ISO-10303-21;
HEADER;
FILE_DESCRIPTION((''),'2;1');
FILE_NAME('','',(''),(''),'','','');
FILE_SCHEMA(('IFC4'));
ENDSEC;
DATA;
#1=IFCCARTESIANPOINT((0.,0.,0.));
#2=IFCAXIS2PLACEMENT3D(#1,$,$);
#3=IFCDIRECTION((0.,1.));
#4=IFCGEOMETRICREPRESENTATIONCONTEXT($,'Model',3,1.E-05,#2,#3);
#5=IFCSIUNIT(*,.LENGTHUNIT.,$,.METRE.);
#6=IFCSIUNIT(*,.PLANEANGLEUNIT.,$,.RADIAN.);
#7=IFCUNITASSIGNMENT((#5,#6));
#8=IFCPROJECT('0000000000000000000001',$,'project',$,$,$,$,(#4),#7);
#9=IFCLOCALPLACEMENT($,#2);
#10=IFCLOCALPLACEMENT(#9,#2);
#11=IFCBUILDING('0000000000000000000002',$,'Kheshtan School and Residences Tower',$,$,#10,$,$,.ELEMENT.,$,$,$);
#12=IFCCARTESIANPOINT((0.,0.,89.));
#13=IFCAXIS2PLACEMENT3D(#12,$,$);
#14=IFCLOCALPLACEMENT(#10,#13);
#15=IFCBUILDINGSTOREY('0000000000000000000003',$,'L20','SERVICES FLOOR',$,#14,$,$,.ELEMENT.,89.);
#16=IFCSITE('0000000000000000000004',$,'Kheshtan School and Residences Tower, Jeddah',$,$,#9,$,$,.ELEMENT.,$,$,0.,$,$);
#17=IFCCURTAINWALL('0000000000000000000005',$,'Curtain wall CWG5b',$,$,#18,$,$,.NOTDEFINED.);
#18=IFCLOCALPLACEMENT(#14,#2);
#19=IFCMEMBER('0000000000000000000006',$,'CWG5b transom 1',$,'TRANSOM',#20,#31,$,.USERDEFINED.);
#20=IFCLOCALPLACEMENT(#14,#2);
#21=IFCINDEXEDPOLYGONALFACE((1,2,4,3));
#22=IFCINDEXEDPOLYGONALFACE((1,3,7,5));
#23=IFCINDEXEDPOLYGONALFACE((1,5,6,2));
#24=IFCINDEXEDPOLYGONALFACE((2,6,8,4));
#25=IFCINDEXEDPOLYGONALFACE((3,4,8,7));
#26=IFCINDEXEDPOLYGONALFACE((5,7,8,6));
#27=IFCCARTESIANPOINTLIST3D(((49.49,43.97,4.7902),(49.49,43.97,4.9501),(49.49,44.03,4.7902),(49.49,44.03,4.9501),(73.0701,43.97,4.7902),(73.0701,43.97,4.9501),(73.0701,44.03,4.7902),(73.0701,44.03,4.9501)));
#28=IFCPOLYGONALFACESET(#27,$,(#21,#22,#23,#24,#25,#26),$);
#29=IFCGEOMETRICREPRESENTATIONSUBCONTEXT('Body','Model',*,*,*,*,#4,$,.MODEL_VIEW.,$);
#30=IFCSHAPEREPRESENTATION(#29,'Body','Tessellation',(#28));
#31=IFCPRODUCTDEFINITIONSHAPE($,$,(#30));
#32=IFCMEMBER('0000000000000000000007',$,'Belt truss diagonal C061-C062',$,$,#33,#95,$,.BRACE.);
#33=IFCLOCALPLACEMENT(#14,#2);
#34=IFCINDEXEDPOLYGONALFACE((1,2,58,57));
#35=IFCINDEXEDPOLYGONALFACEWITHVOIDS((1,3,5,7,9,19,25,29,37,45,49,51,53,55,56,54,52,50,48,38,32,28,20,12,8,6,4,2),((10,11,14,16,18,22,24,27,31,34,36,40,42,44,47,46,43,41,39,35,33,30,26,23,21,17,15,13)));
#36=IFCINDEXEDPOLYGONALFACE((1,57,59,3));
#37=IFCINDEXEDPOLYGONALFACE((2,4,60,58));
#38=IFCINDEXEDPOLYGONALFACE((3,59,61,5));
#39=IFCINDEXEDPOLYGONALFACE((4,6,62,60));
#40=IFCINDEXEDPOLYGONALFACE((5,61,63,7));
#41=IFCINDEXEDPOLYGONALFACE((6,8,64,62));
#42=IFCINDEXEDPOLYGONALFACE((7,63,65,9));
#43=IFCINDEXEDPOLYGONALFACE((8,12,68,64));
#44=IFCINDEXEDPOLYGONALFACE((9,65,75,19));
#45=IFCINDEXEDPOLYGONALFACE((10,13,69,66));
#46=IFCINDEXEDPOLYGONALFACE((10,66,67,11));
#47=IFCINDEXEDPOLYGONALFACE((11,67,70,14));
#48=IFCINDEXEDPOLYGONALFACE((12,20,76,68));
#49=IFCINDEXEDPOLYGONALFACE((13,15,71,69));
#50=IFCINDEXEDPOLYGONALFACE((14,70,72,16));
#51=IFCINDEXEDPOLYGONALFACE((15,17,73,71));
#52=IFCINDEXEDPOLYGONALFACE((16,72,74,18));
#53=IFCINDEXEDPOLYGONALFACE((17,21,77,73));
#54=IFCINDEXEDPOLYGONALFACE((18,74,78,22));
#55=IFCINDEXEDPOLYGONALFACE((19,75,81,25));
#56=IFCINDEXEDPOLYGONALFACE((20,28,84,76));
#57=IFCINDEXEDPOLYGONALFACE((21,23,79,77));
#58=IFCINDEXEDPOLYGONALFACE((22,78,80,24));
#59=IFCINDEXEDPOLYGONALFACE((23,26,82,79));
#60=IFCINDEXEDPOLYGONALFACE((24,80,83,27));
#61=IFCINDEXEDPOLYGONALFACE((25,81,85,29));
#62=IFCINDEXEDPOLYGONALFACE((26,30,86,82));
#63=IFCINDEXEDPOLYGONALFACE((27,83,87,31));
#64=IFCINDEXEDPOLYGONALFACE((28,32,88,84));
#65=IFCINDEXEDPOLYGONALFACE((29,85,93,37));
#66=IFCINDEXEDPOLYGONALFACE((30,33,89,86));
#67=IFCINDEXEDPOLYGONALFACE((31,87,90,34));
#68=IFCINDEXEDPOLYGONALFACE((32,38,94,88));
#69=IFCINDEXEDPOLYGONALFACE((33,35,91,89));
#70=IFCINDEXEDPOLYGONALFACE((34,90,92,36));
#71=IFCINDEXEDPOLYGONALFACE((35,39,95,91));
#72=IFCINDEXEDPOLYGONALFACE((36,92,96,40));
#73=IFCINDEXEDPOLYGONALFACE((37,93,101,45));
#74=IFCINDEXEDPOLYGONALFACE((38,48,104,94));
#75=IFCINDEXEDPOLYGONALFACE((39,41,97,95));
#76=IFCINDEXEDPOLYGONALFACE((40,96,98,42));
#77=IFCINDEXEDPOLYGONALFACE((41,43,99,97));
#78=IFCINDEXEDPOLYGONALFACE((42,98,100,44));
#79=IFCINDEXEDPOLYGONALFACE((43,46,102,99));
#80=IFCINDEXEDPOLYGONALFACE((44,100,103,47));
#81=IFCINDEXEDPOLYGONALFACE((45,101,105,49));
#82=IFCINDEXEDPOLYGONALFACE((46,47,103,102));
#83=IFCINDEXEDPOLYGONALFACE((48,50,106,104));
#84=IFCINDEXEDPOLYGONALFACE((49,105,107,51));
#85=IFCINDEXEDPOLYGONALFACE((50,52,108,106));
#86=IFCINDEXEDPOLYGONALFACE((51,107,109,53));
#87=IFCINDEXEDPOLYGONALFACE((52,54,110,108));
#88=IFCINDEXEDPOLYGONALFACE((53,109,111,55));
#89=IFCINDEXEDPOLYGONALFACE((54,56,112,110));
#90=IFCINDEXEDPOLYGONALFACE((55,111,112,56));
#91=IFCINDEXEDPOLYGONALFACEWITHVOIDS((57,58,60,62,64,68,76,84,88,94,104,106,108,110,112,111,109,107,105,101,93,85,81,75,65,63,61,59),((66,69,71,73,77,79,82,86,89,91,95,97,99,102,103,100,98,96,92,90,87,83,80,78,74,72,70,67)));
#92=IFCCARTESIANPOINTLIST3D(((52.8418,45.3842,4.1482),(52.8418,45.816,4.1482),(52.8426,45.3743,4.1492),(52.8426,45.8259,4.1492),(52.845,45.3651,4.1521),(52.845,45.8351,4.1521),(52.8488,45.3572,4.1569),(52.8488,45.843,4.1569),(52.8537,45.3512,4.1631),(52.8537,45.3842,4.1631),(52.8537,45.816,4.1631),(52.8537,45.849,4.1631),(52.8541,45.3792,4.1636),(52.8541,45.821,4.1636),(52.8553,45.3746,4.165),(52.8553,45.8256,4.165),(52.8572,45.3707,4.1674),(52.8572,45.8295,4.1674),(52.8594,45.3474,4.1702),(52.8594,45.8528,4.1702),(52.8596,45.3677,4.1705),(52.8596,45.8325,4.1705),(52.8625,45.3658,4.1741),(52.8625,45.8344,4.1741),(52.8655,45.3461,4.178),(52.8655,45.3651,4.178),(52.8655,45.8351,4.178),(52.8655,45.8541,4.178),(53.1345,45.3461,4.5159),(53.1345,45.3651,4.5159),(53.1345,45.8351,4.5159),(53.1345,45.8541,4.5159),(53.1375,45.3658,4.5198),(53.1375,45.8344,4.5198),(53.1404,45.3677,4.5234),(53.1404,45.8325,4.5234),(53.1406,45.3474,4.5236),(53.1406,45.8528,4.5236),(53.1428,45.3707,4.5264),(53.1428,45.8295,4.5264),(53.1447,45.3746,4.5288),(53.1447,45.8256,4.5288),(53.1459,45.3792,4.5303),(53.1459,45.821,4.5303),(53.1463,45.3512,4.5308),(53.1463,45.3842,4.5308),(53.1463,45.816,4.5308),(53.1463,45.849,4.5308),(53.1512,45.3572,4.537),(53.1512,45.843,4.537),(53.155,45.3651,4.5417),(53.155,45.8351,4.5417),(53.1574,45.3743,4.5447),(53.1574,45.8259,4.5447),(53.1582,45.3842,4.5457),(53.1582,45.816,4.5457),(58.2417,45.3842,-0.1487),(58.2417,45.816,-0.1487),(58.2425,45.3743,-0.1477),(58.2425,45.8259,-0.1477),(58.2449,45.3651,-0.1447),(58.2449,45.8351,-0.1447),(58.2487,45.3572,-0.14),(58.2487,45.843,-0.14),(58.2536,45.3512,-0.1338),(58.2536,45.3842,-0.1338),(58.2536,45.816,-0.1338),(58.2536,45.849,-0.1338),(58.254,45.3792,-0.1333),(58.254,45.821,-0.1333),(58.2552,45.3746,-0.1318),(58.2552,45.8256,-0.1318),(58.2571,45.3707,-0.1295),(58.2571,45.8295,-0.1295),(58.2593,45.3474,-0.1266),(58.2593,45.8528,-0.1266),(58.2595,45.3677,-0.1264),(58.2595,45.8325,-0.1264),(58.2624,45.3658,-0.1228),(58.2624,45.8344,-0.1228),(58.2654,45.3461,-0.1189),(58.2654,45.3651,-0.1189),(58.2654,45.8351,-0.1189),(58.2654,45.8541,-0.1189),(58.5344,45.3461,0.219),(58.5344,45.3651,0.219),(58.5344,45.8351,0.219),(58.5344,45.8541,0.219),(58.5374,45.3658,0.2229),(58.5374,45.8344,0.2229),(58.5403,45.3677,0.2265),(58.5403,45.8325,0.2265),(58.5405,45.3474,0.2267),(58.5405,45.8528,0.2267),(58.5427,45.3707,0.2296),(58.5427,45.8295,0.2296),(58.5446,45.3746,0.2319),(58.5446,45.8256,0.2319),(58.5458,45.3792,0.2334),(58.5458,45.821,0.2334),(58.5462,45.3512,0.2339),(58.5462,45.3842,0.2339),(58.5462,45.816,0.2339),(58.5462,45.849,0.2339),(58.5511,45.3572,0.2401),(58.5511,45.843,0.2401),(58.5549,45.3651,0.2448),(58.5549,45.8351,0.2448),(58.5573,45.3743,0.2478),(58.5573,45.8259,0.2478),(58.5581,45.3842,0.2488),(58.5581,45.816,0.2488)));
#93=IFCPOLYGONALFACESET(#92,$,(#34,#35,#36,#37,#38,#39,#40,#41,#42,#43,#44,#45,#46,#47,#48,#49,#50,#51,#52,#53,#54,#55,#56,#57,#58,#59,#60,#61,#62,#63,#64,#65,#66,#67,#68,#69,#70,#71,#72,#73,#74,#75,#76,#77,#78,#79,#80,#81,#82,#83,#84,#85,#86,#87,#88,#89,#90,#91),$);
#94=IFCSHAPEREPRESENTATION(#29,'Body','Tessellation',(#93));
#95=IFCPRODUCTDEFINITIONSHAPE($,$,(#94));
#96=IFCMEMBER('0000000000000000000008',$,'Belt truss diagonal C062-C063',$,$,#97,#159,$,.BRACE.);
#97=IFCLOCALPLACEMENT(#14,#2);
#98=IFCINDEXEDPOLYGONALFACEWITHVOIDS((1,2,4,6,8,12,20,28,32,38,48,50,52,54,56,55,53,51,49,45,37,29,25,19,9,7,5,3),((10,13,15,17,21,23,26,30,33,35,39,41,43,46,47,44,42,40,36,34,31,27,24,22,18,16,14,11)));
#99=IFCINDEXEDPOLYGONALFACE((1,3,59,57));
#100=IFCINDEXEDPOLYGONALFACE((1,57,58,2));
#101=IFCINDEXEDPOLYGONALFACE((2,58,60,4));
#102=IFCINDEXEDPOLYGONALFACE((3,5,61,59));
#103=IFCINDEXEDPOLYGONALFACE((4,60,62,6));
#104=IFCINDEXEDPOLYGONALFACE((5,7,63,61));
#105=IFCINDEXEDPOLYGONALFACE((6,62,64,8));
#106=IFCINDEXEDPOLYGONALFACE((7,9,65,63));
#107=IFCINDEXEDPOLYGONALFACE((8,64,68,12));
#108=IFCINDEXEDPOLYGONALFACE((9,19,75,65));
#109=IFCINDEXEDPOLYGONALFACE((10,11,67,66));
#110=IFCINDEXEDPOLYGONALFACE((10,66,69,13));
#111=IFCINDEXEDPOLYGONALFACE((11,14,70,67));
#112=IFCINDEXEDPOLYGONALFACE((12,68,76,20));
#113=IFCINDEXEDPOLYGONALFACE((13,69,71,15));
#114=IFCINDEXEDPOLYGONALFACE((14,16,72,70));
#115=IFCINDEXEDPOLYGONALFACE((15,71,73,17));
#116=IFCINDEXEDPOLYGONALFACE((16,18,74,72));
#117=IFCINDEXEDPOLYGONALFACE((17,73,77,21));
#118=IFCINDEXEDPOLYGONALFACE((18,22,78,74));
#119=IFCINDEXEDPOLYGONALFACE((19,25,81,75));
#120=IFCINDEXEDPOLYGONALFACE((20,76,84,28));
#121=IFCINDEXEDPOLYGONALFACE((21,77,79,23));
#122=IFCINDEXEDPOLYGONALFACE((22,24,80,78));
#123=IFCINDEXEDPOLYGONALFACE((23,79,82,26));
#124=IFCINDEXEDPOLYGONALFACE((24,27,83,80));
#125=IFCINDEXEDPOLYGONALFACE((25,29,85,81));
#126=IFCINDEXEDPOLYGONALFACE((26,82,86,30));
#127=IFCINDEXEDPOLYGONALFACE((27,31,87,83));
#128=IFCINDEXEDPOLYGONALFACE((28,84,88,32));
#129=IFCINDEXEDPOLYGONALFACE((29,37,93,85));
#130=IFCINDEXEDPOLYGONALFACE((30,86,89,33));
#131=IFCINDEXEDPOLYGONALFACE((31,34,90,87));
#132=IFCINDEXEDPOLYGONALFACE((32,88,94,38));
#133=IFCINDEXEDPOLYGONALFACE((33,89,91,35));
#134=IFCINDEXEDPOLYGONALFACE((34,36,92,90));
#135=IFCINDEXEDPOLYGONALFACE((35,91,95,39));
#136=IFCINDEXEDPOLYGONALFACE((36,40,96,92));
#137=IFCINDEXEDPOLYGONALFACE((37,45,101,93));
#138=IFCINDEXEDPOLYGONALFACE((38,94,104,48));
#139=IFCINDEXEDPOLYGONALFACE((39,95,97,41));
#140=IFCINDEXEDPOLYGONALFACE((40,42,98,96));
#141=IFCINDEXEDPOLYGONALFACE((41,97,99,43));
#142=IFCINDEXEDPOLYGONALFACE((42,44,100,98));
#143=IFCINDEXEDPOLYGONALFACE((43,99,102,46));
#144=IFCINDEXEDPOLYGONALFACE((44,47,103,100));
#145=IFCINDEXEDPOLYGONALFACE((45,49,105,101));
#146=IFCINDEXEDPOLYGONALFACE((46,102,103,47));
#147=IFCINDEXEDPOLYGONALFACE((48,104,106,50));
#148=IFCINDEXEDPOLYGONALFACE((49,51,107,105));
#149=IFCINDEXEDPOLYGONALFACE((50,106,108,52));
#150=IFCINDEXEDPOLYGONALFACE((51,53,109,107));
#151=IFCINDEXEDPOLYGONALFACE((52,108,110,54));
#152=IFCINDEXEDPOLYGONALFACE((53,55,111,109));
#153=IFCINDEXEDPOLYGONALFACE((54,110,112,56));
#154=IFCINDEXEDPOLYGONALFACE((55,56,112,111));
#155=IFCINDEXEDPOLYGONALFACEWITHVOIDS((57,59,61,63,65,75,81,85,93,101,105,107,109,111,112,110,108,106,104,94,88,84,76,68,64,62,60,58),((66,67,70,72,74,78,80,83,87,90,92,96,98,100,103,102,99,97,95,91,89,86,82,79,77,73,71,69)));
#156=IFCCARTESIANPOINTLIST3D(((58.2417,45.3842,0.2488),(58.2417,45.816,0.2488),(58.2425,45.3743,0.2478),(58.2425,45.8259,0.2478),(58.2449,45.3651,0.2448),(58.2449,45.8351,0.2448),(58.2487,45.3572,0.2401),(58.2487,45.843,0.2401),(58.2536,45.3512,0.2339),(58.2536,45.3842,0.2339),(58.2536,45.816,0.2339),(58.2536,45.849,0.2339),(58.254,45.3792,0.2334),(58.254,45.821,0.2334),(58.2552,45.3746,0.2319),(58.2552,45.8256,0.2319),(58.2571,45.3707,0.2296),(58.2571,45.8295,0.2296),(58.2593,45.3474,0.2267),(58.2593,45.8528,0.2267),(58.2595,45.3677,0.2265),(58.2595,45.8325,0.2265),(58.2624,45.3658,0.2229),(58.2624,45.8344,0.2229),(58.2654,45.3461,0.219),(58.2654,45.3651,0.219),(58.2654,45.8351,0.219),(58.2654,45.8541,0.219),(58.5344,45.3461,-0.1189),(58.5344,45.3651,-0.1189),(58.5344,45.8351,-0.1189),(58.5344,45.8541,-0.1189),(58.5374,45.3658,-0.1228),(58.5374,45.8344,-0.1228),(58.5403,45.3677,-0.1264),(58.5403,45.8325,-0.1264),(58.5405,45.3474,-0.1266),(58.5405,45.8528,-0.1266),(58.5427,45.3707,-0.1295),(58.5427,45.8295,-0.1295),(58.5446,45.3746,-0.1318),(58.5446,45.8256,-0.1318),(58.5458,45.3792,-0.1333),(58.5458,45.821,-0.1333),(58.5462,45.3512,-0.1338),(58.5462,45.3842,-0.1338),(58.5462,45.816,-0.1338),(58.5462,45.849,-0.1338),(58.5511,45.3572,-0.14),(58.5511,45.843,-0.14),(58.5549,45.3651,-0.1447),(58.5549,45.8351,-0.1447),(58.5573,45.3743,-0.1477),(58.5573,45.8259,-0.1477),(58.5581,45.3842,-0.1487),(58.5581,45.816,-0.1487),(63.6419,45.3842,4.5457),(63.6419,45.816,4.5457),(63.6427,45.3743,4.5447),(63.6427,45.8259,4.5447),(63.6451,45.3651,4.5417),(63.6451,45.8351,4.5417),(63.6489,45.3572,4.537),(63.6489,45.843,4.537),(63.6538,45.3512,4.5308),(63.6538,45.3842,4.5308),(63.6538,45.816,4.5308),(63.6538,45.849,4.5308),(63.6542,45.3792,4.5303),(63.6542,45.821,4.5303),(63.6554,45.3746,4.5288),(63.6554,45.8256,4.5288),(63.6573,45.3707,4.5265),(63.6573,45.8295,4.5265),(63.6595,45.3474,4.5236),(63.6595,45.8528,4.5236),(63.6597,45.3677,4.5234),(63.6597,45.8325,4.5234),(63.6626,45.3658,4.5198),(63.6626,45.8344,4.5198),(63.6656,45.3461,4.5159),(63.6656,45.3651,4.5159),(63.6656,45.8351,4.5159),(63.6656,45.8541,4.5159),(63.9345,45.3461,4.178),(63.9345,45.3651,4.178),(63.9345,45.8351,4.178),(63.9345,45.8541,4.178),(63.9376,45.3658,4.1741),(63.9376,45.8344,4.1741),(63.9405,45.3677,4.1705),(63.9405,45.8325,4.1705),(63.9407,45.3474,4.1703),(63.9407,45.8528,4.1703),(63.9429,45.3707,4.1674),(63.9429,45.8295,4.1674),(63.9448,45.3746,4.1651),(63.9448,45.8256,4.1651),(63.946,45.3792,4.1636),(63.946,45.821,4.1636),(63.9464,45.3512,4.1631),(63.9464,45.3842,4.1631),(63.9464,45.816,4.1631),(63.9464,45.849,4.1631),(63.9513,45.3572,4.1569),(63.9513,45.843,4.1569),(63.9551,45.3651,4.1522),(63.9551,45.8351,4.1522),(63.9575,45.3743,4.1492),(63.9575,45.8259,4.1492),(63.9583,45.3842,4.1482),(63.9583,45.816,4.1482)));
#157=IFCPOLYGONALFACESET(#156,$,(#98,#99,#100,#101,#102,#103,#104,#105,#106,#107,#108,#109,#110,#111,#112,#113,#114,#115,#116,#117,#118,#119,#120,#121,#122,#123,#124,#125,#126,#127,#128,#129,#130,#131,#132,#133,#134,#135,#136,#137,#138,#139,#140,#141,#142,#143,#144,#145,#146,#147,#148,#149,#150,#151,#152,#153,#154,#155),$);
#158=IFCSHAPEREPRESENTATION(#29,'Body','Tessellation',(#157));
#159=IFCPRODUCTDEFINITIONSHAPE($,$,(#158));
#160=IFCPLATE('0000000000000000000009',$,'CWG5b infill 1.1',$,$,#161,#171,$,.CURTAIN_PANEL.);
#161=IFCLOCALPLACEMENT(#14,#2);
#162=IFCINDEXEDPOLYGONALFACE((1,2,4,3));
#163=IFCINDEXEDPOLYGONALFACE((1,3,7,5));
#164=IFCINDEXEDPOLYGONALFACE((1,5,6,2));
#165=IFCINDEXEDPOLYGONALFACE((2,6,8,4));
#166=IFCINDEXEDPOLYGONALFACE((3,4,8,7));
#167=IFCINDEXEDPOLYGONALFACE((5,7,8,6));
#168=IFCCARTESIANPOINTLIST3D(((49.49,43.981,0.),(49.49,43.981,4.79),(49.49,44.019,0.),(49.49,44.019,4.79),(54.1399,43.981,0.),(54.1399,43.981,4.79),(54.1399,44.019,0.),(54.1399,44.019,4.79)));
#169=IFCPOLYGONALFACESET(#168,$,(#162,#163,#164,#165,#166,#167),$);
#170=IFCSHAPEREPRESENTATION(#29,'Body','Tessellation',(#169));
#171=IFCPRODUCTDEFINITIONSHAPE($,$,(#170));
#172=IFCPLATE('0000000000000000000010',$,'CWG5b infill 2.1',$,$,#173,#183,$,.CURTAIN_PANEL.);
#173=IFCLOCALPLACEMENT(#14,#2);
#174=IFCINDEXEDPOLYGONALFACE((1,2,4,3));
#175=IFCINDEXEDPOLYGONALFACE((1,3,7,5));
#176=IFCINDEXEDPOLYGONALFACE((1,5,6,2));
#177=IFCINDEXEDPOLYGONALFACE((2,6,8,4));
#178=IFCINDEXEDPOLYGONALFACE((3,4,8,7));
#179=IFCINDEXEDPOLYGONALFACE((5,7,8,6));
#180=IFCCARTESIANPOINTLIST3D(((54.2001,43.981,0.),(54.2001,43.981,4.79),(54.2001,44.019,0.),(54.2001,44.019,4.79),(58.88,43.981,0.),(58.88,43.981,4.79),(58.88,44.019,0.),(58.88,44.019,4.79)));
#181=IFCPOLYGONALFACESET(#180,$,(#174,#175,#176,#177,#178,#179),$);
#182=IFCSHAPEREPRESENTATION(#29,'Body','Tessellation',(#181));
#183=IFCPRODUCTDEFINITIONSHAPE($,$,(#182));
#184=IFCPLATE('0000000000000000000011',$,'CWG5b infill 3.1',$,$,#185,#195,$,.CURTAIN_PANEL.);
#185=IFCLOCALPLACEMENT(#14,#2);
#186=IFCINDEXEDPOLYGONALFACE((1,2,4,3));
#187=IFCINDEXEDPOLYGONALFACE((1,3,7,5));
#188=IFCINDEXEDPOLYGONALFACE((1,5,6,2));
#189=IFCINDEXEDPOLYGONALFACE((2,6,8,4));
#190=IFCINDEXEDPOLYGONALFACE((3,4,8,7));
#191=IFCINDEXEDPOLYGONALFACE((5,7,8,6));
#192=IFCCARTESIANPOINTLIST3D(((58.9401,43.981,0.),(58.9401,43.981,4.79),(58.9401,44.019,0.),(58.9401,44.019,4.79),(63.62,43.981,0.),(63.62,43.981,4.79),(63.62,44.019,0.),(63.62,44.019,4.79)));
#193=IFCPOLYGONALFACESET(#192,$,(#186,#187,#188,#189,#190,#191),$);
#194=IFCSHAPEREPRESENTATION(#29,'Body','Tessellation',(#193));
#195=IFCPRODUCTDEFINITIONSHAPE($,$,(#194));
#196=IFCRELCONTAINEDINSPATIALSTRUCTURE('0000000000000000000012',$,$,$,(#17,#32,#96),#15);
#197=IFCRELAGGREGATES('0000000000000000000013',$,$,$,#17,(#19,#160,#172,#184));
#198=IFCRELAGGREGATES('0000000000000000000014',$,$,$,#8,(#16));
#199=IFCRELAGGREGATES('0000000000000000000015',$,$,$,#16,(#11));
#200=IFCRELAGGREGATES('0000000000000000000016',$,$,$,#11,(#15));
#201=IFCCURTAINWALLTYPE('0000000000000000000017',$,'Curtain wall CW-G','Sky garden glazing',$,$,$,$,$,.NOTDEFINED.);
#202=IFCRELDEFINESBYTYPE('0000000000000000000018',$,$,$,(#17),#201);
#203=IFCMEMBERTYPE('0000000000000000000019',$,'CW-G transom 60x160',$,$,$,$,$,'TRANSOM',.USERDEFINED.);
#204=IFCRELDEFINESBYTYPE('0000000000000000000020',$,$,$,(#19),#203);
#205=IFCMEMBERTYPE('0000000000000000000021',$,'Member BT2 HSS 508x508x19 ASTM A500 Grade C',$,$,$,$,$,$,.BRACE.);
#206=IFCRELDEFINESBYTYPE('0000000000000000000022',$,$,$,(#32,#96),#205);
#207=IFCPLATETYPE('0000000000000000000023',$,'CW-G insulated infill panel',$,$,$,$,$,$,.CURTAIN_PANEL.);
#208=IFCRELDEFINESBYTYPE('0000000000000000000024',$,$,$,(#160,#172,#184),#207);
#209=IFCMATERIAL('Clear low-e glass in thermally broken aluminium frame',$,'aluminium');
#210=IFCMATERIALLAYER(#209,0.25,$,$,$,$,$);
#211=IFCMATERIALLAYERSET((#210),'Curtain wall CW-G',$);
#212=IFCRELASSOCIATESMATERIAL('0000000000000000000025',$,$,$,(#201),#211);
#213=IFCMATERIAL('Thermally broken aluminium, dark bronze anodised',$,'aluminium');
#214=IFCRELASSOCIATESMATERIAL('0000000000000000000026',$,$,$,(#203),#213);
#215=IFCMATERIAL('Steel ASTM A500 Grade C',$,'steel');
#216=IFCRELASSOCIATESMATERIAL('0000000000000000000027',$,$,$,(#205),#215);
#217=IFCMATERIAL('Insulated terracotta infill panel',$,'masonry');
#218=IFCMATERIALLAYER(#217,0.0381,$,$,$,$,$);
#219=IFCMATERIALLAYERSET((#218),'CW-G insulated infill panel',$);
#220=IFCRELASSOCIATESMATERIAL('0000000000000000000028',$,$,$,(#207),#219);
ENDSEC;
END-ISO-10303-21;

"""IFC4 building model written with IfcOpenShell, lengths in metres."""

from ifc_helpers import new_model, si_unit, direction, frame, origin, origin_2d, place, context, subcontext, project, spatial, rectangle, hollow_rectangle, extrude, material, layer, layer_set, material_profile, profile_set, type_object, element, aggregate, save


model = new_model("IFC4")

# Units and contexts
model_context = context("Model", 3, precision=1e-05, world=origin(), true_north=direction((0.0, 1.0)))
body_context = subcontext(model_context, "Body", "Model", "MODEL_VIEW")
ifc_project = project(units=[si_unit("LENGTHUNIT", "METRE"), si_unit("PLANEANGLEUNIT", "RADIAN")], contexts=[model_context])

# Site, building, storey
site_placement = place(None, origin())
site = spatial("IfcSite", under=ifc_project, at=site_placement, Name="Kheshtan School and Residences Tower, Jeddah", CompositionType="ELEMENT", RefElevation=0.0)
building_placement = place(site_placement, origin())
building = spatial("IfcBuilding", under=site, at=building_placement, Name="Kheshtan School and Residences Tower", CompositionType="ELEMENT")
storey_placement = place(building_placement, frame((0.0, 0.0, 89.0)))
storey = spatial("IfcBuildingStorey", under=building, at=storey_placement, Name="L20", Description="SERVICES FLOOR", CompositionType="ELEMENT", Elevation=89.0)

# Shared definitions
ifc_material_1 = material(Name="Steel ASTM A500 Grade C", Category="steel")

# Curtain wall, member
ifc_material_2 = material(Name="Clear low-e glass in thermally broken aluminium frame", Category="aluminium")
ifc_layer_1 = layer(ifc_material_2, 0.25)
ifc_layer_set_1 = layer_set([ifc_layer_1], Name="Curtain wall CW-G")
curtain_wall_type = type_object("IfcCurtainWallType", Name="Curtain wall CW-G", Description="Sky garden glazing", PredefinedType="NOTDEFINED", material=ifc_layer_set_1)
curtain_wall_placement = place(storey_placement, origin())
curtain_wall = element("IfcCurtainWall", 1, at=curtain_wall_placement, inside=storey, type_object=curtain_wall_type, Name="Curtain wall CWG5b", PredefinedType="NOTDEFINED")
ifc_material_3 = material(Name="Thermally broken aluminium, dark bronze anodised", Category="aluminium")
ifc_material_profile_1 = material_profile(ifc_material_3, rectangle(XDim=0.0601, YDim=0.1599, at=origin_2d()), Name="CW-G transom 60x160")
ifc_profile_set_1 = profile_set([ifc_material_profile_1], Name="Thermally broken aluminium, dark bronze anodised")
member_type_1 = type_object("IfcMemberType", Name="CW-G transom 60x160", ElementType="TRANSOM", PredefinedType="USERDEFINED", material=ifc_profile_set_1)
member_1_placement = place(storey_placement, frame((49.49, 44.0, 4.8701), z_axis=(1.0, 0.0, 0.0), x_axis=(0.0, 1.0, 0.0)))
member_1 = element("IfcMember", 2, at=member_1_placement, type_object=member_type_1, Name="CWG5b transom 1", ObjectType="TRANSOM", PredefinedType="USERDEFINED", context=body_context, shape_type="SweptSolid", body=[
    extrude(rectangle(XDim=0.0601, YDim=0.1599, at=origin_2d()), origin(), (0.0, 0.0, 1.0), 23.5801),
])

# Members
ifc_material_profile_2 = material_profile(ifc_material_1, hollow_rectangle(XDim=0.5081, YDim=0.5081, WallThickness=0.019, InnerFilletRadius=0.019, OuterFilletRadius=0.0381, at=origin_2d()), Name="HSS 508x508x19")
ifc_profile_set_2 = profile_set([ifc_material_profile_2], Name="Steel ASTM A500 Grade C")
member_type_2 = type_object("IfcMemberType", Name="Member BT2 HSS 508x508x19 ASTM A500 Grade C", PredefinedType="BRACE", material=ifc_profile_set_2)
member_2_placement = place(storey_placement, frame((58.3999, 45.6001, 0.05), z_axis=(-0.782495, 0.0, 0.622657), x_axis=(0.0, -1.0, 0.0)))
element("IfcMember", 3, at=member_2_placement, inside=storey, type_object=member_type_2, Name="Belt truss diagonal C061-C062", PredefinedType="BRACE", context=body_context, shape_type="SweptSolid", body=[
    extrude(hollow_rectangle(XDim=0.5081, YDim=0.5081, WallThickness=0.019, InnerFilletRadius=0.019, OuterFilletRadius=0.0381, at=origin_2d()), origin(), (0.0, 0.0, 1.0), 6.9009),
])
member_3_placement = place(storey_placement, frame((58.3999, 45.6001, 0.05), z_axis=(0.782509, 0.0, 0.622639), x_axis=(0.0, 1.0, 0.0)))
element("IfcMember", 4, at=member_3_placement, inside=storey, type_object=member_type_2, Name="Belt truss diagonal C062-C063", PredefinedType="BRACE", context=body_context, shape_type="SweptSolid", body=[
    extrude(hollow_rectangle(XDim=0.5081, YDim=0.5081, WallThickness=0.019, InnerFilletRadius=0.019, OuterFilletRadius=0.0381, at=origin_2d()), origin(), (0.0, 0.0, 1.0), 6.9011),
])

# Plates
ifc_material_4 = material(Name="Insulated terracotta infill panel", Category="masonry")
ifc_layer_2 = layer(ifc_material_4, 0.0381)
ifc_layer_set_2 = layer_set([ifc_layer_2], Name="CW-G insulated infill panel")
plate_type_1 = type_object("IfcPlateType", Name="CW-G insulated infill panel", PredefinedType="CURTAIN_PANEL", material=ifc_layer_set_2)
plate_1_placement = place(storey_placement, frame((51.8149, 44.0, 0.0), z_axis=(0.0, 0.0, 1.0), x_axis=(1.0, 0.0, 0.0)))
plate_1 = element("IfcPlate", 5, at=plate_1_placement, type_object=plate_type_1, Name="CWG5b infill 1.1", PredefinedType="CURTAIN_PANEL", context=body_context, shape_type="SweptSolid", body=[
    extrude(rectangle(XDim=4.6499, YDim=0.0381, at=origin_2d()), origin(), (0.0, 0.0, 1.0), 4.79),
])
plate_2_placement = place(storey_placement, frame((56.54, 44.0, 0.0), z_axis=(0.0, 0.0, 1.0), x_axis=(1.0, 0.0, 0.0)))
plate_2 = element("IfcPlate", 6, at=plate_2_placement, type_object=plate_type_1, Name="CWG5b infill 2.1", PredefinedType="CURTAIN_PANEL", context=body_context, shape_type="SweptSolid", body=[
    extrude(rectangle(XDim=4.6799, YDim=0.0381, at=origin_2d()), origin(), (0.0, 0.0, 1.0), 4.79),
])
plate_3_placement = place(storey_placement, frame((61.28, 44.0, 0.0), z_axis=(0.0, 0.0, 1.0), x_axis=(1.0, 0.0, 0.0)))
plate_3 = element("IfcPlate", 7, at=plate_3_placement, type_object=plate_type_1, Name="CWG5b infill 3.1", PredefinedType="CURTAIN_PANEL", context=body_context, shape_type="SweptSolid", body=[
    extrude(rectangle(XDim=4.6799, YDim=0.0381, at=origin_2d()), origin(), (0.0, 0.0, 1.0), 4.79),
])
aggregate(curtain_wall, [member_1, plate_1, plate_2, plate_3])

save(model, "model.ifc")
